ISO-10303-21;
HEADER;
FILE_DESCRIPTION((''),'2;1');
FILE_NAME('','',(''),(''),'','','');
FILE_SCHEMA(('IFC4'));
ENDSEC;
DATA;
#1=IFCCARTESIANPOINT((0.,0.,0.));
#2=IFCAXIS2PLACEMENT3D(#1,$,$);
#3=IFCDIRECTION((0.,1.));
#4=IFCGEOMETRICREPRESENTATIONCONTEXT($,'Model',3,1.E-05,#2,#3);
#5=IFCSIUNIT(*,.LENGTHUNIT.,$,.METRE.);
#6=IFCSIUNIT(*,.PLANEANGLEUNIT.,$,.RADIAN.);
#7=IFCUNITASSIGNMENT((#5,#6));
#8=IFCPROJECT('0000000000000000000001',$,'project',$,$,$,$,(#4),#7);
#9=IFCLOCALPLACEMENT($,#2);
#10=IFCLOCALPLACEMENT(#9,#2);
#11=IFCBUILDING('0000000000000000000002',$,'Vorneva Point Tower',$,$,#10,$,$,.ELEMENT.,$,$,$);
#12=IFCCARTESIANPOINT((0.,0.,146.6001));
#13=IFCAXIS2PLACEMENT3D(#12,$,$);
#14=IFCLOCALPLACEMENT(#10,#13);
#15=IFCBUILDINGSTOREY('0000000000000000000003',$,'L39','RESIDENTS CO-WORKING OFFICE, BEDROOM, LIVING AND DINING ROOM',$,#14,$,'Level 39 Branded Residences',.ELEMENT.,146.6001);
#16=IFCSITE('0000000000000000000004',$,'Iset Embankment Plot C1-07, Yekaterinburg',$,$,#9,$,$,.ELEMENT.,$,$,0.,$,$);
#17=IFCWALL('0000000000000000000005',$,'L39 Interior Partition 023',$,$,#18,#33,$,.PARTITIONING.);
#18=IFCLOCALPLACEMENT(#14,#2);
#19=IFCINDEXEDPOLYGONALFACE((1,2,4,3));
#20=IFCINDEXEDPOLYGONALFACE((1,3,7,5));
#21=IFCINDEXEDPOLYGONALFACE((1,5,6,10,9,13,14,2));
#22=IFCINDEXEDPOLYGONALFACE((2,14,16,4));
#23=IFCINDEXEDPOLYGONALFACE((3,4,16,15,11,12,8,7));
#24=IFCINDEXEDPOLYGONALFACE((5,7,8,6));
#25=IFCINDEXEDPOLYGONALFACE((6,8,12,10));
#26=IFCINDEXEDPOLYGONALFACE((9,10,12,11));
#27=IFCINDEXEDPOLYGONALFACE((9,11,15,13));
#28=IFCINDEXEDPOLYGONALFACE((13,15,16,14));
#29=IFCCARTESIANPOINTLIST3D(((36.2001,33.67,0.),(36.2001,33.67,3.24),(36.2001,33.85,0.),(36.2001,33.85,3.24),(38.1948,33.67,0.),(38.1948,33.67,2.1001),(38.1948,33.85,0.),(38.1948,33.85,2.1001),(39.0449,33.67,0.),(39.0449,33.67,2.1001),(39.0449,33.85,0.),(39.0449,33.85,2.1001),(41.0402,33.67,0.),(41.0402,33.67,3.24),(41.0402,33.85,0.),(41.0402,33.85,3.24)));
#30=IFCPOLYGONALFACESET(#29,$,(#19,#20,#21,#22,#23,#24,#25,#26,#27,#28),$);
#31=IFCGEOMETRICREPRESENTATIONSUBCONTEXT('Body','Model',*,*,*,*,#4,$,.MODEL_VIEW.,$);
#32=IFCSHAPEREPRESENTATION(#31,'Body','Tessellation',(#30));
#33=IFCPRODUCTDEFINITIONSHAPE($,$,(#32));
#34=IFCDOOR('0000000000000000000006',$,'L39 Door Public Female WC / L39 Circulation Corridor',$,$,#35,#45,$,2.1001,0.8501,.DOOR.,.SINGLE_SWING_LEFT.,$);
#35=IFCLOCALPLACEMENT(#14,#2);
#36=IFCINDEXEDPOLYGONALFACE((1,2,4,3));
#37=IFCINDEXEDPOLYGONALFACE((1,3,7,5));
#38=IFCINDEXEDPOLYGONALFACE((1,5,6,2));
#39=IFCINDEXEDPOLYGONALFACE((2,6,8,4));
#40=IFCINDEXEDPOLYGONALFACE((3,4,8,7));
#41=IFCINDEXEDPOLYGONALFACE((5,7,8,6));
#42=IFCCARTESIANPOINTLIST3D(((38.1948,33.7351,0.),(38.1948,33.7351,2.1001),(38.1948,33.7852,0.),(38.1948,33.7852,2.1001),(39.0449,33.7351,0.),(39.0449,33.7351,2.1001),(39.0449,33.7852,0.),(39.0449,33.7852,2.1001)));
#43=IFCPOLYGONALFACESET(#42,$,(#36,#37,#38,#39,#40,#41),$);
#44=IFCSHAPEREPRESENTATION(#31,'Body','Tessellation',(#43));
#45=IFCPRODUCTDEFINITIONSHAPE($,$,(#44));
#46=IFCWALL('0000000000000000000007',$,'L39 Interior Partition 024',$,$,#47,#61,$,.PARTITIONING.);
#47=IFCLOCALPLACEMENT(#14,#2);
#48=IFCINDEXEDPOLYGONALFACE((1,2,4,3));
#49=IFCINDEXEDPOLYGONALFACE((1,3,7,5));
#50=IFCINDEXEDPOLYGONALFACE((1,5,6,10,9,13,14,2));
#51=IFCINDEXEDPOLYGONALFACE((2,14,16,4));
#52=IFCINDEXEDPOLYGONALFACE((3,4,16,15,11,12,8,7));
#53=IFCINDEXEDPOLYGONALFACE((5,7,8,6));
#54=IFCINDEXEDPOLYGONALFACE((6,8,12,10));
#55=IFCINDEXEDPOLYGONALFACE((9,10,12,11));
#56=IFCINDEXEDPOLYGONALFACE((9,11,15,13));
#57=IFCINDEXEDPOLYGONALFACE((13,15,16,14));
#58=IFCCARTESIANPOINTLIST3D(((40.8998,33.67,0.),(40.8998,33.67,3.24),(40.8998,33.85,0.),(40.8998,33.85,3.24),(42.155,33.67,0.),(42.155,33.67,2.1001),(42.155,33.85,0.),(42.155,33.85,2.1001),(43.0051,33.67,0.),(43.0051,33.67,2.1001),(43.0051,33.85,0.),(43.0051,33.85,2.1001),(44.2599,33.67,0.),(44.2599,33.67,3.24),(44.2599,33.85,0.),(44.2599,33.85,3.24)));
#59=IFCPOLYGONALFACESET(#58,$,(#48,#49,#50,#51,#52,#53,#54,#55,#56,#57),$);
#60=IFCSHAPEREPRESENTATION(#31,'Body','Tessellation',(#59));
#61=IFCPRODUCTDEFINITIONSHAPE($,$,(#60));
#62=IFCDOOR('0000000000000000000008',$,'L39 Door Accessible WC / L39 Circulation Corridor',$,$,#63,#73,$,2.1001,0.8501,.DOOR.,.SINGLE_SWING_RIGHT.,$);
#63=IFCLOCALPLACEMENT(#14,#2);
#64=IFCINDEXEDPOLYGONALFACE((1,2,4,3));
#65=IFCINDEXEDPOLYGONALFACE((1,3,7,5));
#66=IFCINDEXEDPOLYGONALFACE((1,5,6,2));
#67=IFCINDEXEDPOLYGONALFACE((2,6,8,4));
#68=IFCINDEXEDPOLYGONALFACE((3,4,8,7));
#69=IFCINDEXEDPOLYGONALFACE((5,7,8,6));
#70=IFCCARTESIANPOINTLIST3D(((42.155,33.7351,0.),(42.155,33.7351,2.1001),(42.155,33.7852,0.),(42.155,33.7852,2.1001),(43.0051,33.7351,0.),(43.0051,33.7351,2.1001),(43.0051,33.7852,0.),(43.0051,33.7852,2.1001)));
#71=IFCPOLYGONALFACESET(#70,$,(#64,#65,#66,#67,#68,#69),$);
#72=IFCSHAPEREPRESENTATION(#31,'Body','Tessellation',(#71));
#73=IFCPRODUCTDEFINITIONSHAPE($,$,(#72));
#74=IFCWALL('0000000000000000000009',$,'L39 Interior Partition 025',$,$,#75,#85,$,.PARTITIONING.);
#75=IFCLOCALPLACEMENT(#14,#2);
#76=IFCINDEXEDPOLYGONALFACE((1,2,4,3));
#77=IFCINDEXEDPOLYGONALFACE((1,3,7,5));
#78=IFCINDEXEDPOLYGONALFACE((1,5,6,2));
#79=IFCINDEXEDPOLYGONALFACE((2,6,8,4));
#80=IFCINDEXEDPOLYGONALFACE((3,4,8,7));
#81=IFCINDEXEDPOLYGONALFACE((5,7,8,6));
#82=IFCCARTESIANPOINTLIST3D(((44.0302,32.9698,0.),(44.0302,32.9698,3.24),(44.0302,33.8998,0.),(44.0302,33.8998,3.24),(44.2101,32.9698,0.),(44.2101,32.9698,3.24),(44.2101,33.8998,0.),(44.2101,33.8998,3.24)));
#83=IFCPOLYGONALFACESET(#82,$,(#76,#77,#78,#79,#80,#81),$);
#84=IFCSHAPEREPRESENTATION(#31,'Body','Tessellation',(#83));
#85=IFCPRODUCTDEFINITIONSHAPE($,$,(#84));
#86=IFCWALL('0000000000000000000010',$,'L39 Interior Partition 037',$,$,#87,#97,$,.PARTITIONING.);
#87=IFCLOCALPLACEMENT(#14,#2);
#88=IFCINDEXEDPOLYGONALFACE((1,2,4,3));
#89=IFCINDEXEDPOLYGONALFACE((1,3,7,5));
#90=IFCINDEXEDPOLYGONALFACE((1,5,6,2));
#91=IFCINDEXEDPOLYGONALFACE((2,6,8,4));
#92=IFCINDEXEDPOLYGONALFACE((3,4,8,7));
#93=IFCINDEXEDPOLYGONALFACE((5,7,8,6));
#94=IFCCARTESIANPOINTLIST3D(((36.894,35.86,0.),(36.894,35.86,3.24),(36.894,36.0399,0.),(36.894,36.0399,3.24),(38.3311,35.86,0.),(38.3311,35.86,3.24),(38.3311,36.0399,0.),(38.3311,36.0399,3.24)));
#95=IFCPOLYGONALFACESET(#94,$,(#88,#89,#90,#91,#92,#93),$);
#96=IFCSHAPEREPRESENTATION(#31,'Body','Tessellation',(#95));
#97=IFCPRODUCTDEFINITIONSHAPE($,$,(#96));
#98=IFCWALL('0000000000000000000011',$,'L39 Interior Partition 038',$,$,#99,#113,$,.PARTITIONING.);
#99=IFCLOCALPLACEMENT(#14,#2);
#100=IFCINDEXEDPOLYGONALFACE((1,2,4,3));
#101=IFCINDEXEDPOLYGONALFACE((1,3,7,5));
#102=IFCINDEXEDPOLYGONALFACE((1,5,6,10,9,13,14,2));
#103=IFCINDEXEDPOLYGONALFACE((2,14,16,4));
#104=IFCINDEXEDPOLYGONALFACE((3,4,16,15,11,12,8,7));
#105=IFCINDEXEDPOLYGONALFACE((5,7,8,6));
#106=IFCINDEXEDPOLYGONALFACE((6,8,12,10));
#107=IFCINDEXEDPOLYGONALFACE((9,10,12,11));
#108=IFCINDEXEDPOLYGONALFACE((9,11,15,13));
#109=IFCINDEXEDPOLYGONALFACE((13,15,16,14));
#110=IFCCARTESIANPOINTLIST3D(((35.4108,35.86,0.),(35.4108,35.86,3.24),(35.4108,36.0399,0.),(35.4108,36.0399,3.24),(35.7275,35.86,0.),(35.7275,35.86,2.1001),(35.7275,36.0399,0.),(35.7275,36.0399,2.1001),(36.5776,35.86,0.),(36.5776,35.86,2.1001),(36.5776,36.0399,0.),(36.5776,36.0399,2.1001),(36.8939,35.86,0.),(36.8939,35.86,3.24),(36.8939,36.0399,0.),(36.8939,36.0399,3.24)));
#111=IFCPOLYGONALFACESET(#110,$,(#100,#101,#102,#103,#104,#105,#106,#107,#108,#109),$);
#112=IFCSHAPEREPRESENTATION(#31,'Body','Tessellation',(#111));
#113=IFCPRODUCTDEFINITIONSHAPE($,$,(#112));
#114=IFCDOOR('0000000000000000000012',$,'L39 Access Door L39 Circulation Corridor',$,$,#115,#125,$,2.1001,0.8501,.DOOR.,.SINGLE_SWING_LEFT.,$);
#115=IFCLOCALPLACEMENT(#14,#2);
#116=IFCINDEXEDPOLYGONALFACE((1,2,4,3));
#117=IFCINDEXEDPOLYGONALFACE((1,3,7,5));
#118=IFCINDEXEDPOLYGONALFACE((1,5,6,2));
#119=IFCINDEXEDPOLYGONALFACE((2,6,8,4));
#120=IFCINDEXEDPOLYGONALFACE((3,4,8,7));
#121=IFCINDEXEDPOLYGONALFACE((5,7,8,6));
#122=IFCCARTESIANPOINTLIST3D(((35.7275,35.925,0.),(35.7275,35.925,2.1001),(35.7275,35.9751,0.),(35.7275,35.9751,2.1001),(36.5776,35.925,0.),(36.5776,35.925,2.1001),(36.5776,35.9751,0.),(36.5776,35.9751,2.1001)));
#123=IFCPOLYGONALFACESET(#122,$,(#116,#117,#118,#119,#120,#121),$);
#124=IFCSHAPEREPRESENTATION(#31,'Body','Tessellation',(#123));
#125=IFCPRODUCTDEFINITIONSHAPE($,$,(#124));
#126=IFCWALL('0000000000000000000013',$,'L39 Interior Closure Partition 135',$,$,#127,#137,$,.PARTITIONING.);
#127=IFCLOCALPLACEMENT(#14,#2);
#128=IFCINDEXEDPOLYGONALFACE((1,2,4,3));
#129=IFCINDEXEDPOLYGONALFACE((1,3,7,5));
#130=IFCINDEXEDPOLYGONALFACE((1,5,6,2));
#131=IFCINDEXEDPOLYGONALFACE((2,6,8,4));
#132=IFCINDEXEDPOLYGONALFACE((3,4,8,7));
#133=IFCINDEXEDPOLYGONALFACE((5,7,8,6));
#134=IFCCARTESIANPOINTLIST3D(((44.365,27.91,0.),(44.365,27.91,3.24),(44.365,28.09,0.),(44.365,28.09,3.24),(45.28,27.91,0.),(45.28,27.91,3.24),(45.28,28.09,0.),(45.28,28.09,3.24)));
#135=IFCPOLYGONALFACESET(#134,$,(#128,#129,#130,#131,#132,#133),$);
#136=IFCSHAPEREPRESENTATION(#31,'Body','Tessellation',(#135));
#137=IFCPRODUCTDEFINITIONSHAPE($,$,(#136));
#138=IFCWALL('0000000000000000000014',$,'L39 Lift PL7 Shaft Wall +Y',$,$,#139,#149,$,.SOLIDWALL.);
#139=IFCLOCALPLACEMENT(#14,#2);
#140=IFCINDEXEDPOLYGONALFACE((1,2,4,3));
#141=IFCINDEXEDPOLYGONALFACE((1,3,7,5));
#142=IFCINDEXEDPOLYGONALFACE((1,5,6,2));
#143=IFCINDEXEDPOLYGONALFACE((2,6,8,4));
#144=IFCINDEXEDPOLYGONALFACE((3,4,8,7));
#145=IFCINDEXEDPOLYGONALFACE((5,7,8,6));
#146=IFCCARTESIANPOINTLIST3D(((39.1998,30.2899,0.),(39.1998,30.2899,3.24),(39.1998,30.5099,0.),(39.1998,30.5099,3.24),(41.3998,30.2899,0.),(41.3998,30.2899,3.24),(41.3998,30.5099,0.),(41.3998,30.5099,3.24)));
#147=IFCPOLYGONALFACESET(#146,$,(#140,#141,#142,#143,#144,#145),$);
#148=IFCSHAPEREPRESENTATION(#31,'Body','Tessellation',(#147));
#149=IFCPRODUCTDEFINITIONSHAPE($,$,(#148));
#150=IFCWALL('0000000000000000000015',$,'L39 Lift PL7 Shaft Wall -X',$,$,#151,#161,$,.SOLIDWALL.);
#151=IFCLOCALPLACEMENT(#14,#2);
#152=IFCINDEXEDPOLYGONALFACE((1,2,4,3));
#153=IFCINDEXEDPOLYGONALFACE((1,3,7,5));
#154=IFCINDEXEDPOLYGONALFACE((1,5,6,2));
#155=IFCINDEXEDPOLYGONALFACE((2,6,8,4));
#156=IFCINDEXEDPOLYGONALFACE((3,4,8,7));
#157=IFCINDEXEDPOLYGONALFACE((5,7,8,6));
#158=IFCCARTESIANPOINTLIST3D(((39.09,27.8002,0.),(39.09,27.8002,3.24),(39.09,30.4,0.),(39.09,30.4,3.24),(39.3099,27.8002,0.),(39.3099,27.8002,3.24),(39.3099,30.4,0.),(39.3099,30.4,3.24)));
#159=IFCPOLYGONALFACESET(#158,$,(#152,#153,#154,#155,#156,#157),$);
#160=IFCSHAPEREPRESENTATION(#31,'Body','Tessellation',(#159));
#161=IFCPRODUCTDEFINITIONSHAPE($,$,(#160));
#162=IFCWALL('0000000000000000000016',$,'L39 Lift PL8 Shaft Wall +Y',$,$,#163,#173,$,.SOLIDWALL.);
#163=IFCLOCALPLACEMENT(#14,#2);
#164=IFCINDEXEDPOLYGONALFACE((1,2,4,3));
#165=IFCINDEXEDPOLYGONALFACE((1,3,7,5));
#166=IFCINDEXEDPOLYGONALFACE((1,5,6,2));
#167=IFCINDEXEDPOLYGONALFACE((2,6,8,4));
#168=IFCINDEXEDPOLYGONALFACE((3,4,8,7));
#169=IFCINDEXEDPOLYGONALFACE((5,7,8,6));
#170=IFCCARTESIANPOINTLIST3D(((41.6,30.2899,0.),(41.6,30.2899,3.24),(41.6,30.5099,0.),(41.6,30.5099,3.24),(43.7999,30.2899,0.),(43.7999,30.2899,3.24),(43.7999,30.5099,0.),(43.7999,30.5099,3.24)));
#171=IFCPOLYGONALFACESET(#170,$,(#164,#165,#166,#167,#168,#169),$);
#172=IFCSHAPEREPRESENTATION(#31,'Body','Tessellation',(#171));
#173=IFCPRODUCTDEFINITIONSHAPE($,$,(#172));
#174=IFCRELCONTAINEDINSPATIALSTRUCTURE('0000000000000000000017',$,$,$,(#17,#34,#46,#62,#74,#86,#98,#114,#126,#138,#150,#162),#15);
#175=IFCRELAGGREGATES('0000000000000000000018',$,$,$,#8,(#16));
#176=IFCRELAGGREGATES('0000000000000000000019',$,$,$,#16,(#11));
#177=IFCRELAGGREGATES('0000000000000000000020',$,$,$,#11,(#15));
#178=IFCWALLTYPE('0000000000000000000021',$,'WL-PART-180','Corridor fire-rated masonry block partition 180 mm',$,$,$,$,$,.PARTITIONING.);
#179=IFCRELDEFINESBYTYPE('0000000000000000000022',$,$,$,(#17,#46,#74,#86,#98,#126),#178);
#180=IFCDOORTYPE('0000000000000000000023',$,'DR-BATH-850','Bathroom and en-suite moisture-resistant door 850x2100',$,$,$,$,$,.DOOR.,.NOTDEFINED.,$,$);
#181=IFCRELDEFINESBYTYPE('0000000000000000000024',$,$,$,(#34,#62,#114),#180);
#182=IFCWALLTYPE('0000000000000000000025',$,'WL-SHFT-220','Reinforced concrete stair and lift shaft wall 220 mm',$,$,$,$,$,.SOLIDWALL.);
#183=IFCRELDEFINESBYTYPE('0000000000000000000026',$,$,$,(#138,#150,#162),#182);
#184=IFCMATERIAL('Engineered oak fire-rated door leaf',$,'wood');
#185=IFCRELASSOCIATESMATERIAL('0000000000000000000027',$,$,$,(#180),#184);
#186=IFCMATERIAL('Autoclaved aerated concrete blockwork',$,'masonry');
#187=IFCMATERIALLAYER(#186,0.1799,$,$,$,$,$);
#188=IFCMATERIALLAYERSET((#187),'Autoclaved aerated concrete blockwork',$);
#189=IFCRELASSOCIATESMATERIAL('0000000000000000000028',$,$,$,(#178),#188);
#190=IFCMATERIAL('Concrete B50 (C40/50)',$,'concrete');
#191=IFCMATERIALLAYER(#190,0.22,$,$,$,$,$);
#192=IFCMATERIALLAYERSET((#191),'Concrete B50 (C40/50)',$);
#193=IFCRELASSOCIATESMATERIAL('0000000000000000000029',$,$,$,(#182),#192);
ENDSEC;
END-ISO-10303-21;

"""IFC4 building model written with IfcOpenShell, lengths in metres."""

from ifc_helpers import new_model, si_unit, direction, frame, frame_2d, origin, place, context, subcontext, project, spatial, rectangle, extrude, material, layer, layer_set, type_object, element, fill, save


model = new_model("IFC4")

# Units and contexts
model_context = context("Model", 3, precision=1e-05, world=origin(), true_north=direction((0.0, 1.0)))
body_context = subcontext(model_context, "Body", "Model", "MODEL_VIEW")
ifc_project = project(units=[si_unit("LENGTHUNIT", "METRE"), si_unit("PLANEANGLEUNIT", "RADIAN")], contexts=[model_context])

# Site, building, storey
site_placement = place(None, origin())
site = spatial("IfcSite", under=ifc_project, at=site_placement, Name="Iset Embankment Plot C1-07, Yekaterinburg", CompositionType="ELEMENT", RefElevation=0.0)
building_placement = place(site_placement, origin())
building = spatial("IfcBuilding", under=site, at=building_placement, Name="Vorneva Point Tower", CompositionType="ELEMENT")
storey_placement = place(building_placement, frame((0.0, 0.0, 146.6001)))
storey = spatial("IfcBuildingStorey", under=building, at=storey_placement, Name="L39", Description="RESIDENTS CO-WORKING OFFICE, BEDROOM, LIVING AND DINING ROOM", LongName="Level 39 Branded Residences", CompositionType="ELEMENT", Elevation=146.6001)

# Shared definitions
ifc_material_1 = material(Name="Engineered oak fire-rated door leaf", Category="wood")
door_type_1 = type_object("IfcDoorType", Name="DR-BATH-850", Description="Bathroom and en-suite moisture-resistant door 850x2100", OperationType="NOTDEFINED", PredefinedType="DOOR", material=ifc_material_1)

# Walls, openings, doors
ifc_material_2 = material(Name="Autoclaved aerated concrete blockwork", Category="masonry")
ifc_layer_1 = layer(ifc_material_2, 0.1799)
ifc_layer_set_1 = layer_set([ifc_layer_1], Name="Autoclaved aerated concrete blockwork")
wall_type_1 = type_object("IfcWallType", Name="WL-PART-180", Description="Corridor fire-rated masonry block partition 180 mm", PredefinedType="PARTITIONING", material=ifc_layer_set_1)
wall_1_placement = place(storey_placement, frame((41.04, 33.76, 0.0), z_axis=(0.0, 0.0, 1.0), x_axis=(-1.0, 0.0, 0.0)))
wall_1 = element("IfcWall", 1, at=wall_1_placement, inside=storey, type_object=wall_type_1, Name="L39 Interior Partition 023", PredefinedType="PARTITIONING", context=body_context, shape_type="SweptSolid", body=[
    extrude(rectangle(XDim=4.8401, YDim=0.1799, at=frame_2d((2.4199, 0.0))), origin(), (0.0, 0.0, 1.0), 3.24),
])
opening_1_placement = place(wall_1_placement, frame((1.9951, 0.0, 0.0)))
opening_1 = element("IfcOpeningElement", 2, at=opening_1_placement, cuts=wall_1, PredefinedType="OPENING", context=body_context, shape_type="SweptSolid", body=[
    extrude(rectangle(XDim=0.8501, YDim=2.1001, at=frame_2d((0.425, 1.05))), frame((0.0, 0.105, 0.0), z_axis=(0.0, -1.0, 0.0), x_axis=(1.0, 0.0, 0.0)), (0.0, 0.0, 1.0), 0.2097),
])
door_1_placement = place(opening_1_placement, origin())
door_1 = element("IfcDoor", 3, at=door_1_placement, inside=storey, type_object=door_type_1, Name="L39 Door Public Female WC / L39 Circulation Corridor", OperationType="SINGLE_SWING_LEFT", OverallHeight=2.1001, OverallWidth=0.8501, PredefinedType="DOOR", context=body_context, shape_type="SweptSolid", body=[
    extrude(rectangle(XDim=0.8501, YDim=2.1001, at=frame_2d((0.425, 1.05))), frame((0.0, 0.0249, 0.0), z_axis=(0.0, -1.0, 0.0), x_axis=(1.0, 0.0, 0.0)), (0.0, 0.0, 1.0), 0.05),
])
fill(opening_1, door_1)
wall_2_placement = place(storey_placement, frame((44.26, 33.76, 0.0), z_axis=(0.0, 0.0, 1.0), x_axis=(-1.0, 0.0, 0.0)))
wall_2 = element("IfcWall", 4, at=wall_2_placement, inside=storey, type_object=wall_type_1, Name="L39 Interior Partition 024", PredefinedType="PARTITIONING", context=body_context, shape_type="SweptSolid", body=[
    extrude(rectangle(XDim=3.3601, YDim=0.1799, at=frame_2d((1.6802, 0.0))), origin(), (0.0, 0.0, 1.0), 3.24),
])
opening_2_placement = place(wall_2_placement, frame((1.2549, 0.0, 0.0)))
opening_2 = element("IfcOpeningElement", 5, at=opening_2_placement, cuts=wall_2, PredefinedType="OPENING", context=body_context, shape_type="SweptSolid", body=[
    extrude(rectangle(XDim=0.8501, YDim=2.1001, at=frame_2d((0.425, 1.05))), frame((0.0, 0.105, 0.0), z_axis=(0.0, -1.0, 0.0), x_axis=(1.0, 0.0, 0.0)), (0.0, 0.0, 1.0), 0.2097),
])
door_2_placement = place(opening_2_placement, origin())
door_2 = element("IfcDoor", 6, at=door_2_placement, inside=storey, type_object=door_type_1, Name="L39 Door Accessible WC / L39 Circulation Corridor", OperationType="SINGLE_SWING_RIGHT", OverallHeight=2.1001, OverallWidth=0.8501, PredefinedType="DOOR", context=body_context, shape_type="SweptSolid", body=[
    extrude(rectangle(XDim=0.8501, YDim=2.1001, at=frame_2d((0.425, 1.05))), frame((0.0, 0.0249, 0.0), z_axis=(0.0, -1.0, 0.0), x_axis=(1.0, 0.0, 0.0)), (0.0, 0.0, 1.0), 0.05),
])
fill(opening_2, door_2)

# Walls
wall_3_placement = place(storey_placement, frame((44.1201, 32.97, 0.0), z_axis=(0.0, 0.0, 1.0), x_axis=(0.0, 1.0, 0.0)))
element("IfcWall", 7, at=wall_3_placement, inside=storey, type_object=wall_type_1, Name="L39 Interior Partition 025", PredefinedType="PARTITIONING", context=body_context, shape_type="SweptSolid", body=[
    extrude(rectangle(XDim=0.9299, YDim=0.1799, at=frame_2d((0.4648, 0.0))), origin(), (0.0, 0.0, 1.0), 3.24),
])
wall_4_placement = place(storey_placement, frame((38.3311, 35.95, 0.0), z_axis=(0.0, 0.0, 1.0), x_axis=(-1.0, 0.0, 0.0)))
element("IfcWall", 8, at=wall_4_placement, inside=storey, type_object=wall_type_1, Name="L39 Interior Partition 037", PredefinedType="PARTITIONING", context=body_context, shape_type="SweptSolid", body=[
    extrude(rectangle(XDim=1.437, YDim=0.1799, at=frame_2d((0.7185, 0.0))), origin(), (0.0, 0.0, 1.0), 3.24),
])

# Wall, opening, door
wall_5_placement = place(storey_placement, frame((36.894, 35.95, 0.0), z_axis=(0.0, 0.0, 1.0), x_axis=(-1.0, 0.0, 0.0)))
wall_5 = element("IfcWall", 9, at=wall_5_placement, inside=storey, type_object=wall_type_1, Name="L39 Interior Partition 038", PredefinedType="PARTITIONING", context=body_context, shape_type="SweptSolid", body=[
    extrude(rectangle(XDim=1.4832, YDim=0.1799, at=frame_2d((0.7417, 0.0))), origin(), (0.0, 0.0, 1.0), 3.24),
])
opening_3_placement = place(wall_5_placement, frame((0.3164, 0.0, 0.0)))
opening_3 = element("IfcOpeningElement", 10, at=opening_3_placement, cuts=wall_5, PredefinedType="OPENING", context=body_context, shape_type="SweptSolid", body=[
    extrude(rectangle(XDim=0.8501, YDim=2.1001, at=frame_2d((0.425, 1.05))), frame((0.0, 0.105, 0.0), z_axis=(0.0, -1.0, 0.0), x_axis=(1.0, 0.0, 0.0)), (0.0, 0.0, 1.0), 0.2097),
])
door_3_placement = place(opening_3_placement, origin())
door_3 = element("IfcDoor", 11, at=door_3_placement, inside=storey, type_object=door_type_1, Name="L39 Access Door L39 Circulation Corridor", OperationType="SINGLE_SWING_LEFT", OverallHeight=2.1001, OverallWidth=0.8501, PredefinedType="DOOR", context=body_context, shape_type="SweptSolid", body=[
    extrude(rectangle(XDim=0.8501, YDim=2.1001, at=frame_2d((0.425, 1.05))), frame((0.0, 0.0249, 0.0), z_axis=(0.0, -1.0, 0.0), x_axis=(1.0, 0.0, 0.0)), (0.0, 0.0, 1.0), 0.05),
])
fill(opening_3, door_3)

# Walls
wall_6_placement = place(storey_placement, frame((45.28, 28.0, 0.0), z_axis=(0.0, 0.0, 1.0), x_axis=(-1.0, 0.0, 0.0)))
element("IfcWall", 12, at=wall_6_placement, inside=storey, type_object=wall_type_1, Name="L39 Interior Closure Partition 135", PredefinedType="PARTITIONING", context=body_context, shape_type="SweptSolid", body=[
    extrude(rectangle(XDim=0.915, YDim=0.1799, at=frame_2d((0.4575, 0.0))), origin(), (0.0, 0.0, 1.0), 3.24),
])
ifc_material_3 = material(Name="Concrete B50 (C40/50)", Category="concrete")
ifc_layer_2 = layer(ifc_material_3, 0.22)
ifc_layer_set_2 = layer_set([ifc_layer_2], Name="Concrete B50 (C40/50)")
wall_type_2 = type_object("IfcWallType", Name="WL-SHFT-220", Description="Reinforced concrete stair and lift shaft wall 220 mm", PredefinedType="SOLIDWALL", material=ifc_layer_set_2)
wall_7_placement = place(storey_placement, frame((41.3999, 30.3999, 0.0), z_axis=(0.0, 0.0, 1.0), x_axis=(-1.0, 0.0, 0.0)))
element("IfcWall", 13, at=wall_7_placement, inside=storey, type_object=wall_type_2, Name="L39 Lift PL7 Shaft Wall +Y", PredefinedType="SOLIDWALL", context=body_context, shape_type="SweptSolid", body=[
    extrude(rectangle(XDim=2.2, YDim=0.22, at=frame_2d((1.1001, 0.0))), origin(), (0.0, 0.0, 1.0), 3.24),
])
wall_8_placement = place(storey_placement, frame((39.2, 30.3999, 0.0), z_axis=(0.0, 0.0, 1.0), x_axis=(0.0, -1.0, 0.0)))
element("IfcWall", 14, at=wall_8_placement, inside=storey, type_object=wall_type_2, Name="L39 Lift PL7 Shaft Wall -X", PredefinedType="SOLIDWALL", context=body_context, shape_type="SweptSolid", body=[
    extrude(rectangle(XDim=2.5999, YDim=0.22, at=frame_2d((1.2998, 0.0))), origin(), (0.0, 0.0, 1.0), 3.24),
])
wall_9_placement = place(storey_placement, frame((43.8, 30.3999, 0.0), z_axis=(0.0, 0.0, 1.0), x_axis=(-1.0, 0.0, 0.0)))
element("IfcWall", 15, at=wall_9_placement, inside=storey, type_object=wall_type_2, Name="L39 Lift PL8 Shaft Wall +Y", PredefinedType="SOLIDWALL", context=body_context, shape_type="SweptSolid", body=[
    extrude(rectangle(XDim=2.2, YDim=0.22, at=frame_2d((1.1001, 0.0))), origin(), (0.0, 0.0, 1.0), 3.24),
])

save(model, "model.ifc")
